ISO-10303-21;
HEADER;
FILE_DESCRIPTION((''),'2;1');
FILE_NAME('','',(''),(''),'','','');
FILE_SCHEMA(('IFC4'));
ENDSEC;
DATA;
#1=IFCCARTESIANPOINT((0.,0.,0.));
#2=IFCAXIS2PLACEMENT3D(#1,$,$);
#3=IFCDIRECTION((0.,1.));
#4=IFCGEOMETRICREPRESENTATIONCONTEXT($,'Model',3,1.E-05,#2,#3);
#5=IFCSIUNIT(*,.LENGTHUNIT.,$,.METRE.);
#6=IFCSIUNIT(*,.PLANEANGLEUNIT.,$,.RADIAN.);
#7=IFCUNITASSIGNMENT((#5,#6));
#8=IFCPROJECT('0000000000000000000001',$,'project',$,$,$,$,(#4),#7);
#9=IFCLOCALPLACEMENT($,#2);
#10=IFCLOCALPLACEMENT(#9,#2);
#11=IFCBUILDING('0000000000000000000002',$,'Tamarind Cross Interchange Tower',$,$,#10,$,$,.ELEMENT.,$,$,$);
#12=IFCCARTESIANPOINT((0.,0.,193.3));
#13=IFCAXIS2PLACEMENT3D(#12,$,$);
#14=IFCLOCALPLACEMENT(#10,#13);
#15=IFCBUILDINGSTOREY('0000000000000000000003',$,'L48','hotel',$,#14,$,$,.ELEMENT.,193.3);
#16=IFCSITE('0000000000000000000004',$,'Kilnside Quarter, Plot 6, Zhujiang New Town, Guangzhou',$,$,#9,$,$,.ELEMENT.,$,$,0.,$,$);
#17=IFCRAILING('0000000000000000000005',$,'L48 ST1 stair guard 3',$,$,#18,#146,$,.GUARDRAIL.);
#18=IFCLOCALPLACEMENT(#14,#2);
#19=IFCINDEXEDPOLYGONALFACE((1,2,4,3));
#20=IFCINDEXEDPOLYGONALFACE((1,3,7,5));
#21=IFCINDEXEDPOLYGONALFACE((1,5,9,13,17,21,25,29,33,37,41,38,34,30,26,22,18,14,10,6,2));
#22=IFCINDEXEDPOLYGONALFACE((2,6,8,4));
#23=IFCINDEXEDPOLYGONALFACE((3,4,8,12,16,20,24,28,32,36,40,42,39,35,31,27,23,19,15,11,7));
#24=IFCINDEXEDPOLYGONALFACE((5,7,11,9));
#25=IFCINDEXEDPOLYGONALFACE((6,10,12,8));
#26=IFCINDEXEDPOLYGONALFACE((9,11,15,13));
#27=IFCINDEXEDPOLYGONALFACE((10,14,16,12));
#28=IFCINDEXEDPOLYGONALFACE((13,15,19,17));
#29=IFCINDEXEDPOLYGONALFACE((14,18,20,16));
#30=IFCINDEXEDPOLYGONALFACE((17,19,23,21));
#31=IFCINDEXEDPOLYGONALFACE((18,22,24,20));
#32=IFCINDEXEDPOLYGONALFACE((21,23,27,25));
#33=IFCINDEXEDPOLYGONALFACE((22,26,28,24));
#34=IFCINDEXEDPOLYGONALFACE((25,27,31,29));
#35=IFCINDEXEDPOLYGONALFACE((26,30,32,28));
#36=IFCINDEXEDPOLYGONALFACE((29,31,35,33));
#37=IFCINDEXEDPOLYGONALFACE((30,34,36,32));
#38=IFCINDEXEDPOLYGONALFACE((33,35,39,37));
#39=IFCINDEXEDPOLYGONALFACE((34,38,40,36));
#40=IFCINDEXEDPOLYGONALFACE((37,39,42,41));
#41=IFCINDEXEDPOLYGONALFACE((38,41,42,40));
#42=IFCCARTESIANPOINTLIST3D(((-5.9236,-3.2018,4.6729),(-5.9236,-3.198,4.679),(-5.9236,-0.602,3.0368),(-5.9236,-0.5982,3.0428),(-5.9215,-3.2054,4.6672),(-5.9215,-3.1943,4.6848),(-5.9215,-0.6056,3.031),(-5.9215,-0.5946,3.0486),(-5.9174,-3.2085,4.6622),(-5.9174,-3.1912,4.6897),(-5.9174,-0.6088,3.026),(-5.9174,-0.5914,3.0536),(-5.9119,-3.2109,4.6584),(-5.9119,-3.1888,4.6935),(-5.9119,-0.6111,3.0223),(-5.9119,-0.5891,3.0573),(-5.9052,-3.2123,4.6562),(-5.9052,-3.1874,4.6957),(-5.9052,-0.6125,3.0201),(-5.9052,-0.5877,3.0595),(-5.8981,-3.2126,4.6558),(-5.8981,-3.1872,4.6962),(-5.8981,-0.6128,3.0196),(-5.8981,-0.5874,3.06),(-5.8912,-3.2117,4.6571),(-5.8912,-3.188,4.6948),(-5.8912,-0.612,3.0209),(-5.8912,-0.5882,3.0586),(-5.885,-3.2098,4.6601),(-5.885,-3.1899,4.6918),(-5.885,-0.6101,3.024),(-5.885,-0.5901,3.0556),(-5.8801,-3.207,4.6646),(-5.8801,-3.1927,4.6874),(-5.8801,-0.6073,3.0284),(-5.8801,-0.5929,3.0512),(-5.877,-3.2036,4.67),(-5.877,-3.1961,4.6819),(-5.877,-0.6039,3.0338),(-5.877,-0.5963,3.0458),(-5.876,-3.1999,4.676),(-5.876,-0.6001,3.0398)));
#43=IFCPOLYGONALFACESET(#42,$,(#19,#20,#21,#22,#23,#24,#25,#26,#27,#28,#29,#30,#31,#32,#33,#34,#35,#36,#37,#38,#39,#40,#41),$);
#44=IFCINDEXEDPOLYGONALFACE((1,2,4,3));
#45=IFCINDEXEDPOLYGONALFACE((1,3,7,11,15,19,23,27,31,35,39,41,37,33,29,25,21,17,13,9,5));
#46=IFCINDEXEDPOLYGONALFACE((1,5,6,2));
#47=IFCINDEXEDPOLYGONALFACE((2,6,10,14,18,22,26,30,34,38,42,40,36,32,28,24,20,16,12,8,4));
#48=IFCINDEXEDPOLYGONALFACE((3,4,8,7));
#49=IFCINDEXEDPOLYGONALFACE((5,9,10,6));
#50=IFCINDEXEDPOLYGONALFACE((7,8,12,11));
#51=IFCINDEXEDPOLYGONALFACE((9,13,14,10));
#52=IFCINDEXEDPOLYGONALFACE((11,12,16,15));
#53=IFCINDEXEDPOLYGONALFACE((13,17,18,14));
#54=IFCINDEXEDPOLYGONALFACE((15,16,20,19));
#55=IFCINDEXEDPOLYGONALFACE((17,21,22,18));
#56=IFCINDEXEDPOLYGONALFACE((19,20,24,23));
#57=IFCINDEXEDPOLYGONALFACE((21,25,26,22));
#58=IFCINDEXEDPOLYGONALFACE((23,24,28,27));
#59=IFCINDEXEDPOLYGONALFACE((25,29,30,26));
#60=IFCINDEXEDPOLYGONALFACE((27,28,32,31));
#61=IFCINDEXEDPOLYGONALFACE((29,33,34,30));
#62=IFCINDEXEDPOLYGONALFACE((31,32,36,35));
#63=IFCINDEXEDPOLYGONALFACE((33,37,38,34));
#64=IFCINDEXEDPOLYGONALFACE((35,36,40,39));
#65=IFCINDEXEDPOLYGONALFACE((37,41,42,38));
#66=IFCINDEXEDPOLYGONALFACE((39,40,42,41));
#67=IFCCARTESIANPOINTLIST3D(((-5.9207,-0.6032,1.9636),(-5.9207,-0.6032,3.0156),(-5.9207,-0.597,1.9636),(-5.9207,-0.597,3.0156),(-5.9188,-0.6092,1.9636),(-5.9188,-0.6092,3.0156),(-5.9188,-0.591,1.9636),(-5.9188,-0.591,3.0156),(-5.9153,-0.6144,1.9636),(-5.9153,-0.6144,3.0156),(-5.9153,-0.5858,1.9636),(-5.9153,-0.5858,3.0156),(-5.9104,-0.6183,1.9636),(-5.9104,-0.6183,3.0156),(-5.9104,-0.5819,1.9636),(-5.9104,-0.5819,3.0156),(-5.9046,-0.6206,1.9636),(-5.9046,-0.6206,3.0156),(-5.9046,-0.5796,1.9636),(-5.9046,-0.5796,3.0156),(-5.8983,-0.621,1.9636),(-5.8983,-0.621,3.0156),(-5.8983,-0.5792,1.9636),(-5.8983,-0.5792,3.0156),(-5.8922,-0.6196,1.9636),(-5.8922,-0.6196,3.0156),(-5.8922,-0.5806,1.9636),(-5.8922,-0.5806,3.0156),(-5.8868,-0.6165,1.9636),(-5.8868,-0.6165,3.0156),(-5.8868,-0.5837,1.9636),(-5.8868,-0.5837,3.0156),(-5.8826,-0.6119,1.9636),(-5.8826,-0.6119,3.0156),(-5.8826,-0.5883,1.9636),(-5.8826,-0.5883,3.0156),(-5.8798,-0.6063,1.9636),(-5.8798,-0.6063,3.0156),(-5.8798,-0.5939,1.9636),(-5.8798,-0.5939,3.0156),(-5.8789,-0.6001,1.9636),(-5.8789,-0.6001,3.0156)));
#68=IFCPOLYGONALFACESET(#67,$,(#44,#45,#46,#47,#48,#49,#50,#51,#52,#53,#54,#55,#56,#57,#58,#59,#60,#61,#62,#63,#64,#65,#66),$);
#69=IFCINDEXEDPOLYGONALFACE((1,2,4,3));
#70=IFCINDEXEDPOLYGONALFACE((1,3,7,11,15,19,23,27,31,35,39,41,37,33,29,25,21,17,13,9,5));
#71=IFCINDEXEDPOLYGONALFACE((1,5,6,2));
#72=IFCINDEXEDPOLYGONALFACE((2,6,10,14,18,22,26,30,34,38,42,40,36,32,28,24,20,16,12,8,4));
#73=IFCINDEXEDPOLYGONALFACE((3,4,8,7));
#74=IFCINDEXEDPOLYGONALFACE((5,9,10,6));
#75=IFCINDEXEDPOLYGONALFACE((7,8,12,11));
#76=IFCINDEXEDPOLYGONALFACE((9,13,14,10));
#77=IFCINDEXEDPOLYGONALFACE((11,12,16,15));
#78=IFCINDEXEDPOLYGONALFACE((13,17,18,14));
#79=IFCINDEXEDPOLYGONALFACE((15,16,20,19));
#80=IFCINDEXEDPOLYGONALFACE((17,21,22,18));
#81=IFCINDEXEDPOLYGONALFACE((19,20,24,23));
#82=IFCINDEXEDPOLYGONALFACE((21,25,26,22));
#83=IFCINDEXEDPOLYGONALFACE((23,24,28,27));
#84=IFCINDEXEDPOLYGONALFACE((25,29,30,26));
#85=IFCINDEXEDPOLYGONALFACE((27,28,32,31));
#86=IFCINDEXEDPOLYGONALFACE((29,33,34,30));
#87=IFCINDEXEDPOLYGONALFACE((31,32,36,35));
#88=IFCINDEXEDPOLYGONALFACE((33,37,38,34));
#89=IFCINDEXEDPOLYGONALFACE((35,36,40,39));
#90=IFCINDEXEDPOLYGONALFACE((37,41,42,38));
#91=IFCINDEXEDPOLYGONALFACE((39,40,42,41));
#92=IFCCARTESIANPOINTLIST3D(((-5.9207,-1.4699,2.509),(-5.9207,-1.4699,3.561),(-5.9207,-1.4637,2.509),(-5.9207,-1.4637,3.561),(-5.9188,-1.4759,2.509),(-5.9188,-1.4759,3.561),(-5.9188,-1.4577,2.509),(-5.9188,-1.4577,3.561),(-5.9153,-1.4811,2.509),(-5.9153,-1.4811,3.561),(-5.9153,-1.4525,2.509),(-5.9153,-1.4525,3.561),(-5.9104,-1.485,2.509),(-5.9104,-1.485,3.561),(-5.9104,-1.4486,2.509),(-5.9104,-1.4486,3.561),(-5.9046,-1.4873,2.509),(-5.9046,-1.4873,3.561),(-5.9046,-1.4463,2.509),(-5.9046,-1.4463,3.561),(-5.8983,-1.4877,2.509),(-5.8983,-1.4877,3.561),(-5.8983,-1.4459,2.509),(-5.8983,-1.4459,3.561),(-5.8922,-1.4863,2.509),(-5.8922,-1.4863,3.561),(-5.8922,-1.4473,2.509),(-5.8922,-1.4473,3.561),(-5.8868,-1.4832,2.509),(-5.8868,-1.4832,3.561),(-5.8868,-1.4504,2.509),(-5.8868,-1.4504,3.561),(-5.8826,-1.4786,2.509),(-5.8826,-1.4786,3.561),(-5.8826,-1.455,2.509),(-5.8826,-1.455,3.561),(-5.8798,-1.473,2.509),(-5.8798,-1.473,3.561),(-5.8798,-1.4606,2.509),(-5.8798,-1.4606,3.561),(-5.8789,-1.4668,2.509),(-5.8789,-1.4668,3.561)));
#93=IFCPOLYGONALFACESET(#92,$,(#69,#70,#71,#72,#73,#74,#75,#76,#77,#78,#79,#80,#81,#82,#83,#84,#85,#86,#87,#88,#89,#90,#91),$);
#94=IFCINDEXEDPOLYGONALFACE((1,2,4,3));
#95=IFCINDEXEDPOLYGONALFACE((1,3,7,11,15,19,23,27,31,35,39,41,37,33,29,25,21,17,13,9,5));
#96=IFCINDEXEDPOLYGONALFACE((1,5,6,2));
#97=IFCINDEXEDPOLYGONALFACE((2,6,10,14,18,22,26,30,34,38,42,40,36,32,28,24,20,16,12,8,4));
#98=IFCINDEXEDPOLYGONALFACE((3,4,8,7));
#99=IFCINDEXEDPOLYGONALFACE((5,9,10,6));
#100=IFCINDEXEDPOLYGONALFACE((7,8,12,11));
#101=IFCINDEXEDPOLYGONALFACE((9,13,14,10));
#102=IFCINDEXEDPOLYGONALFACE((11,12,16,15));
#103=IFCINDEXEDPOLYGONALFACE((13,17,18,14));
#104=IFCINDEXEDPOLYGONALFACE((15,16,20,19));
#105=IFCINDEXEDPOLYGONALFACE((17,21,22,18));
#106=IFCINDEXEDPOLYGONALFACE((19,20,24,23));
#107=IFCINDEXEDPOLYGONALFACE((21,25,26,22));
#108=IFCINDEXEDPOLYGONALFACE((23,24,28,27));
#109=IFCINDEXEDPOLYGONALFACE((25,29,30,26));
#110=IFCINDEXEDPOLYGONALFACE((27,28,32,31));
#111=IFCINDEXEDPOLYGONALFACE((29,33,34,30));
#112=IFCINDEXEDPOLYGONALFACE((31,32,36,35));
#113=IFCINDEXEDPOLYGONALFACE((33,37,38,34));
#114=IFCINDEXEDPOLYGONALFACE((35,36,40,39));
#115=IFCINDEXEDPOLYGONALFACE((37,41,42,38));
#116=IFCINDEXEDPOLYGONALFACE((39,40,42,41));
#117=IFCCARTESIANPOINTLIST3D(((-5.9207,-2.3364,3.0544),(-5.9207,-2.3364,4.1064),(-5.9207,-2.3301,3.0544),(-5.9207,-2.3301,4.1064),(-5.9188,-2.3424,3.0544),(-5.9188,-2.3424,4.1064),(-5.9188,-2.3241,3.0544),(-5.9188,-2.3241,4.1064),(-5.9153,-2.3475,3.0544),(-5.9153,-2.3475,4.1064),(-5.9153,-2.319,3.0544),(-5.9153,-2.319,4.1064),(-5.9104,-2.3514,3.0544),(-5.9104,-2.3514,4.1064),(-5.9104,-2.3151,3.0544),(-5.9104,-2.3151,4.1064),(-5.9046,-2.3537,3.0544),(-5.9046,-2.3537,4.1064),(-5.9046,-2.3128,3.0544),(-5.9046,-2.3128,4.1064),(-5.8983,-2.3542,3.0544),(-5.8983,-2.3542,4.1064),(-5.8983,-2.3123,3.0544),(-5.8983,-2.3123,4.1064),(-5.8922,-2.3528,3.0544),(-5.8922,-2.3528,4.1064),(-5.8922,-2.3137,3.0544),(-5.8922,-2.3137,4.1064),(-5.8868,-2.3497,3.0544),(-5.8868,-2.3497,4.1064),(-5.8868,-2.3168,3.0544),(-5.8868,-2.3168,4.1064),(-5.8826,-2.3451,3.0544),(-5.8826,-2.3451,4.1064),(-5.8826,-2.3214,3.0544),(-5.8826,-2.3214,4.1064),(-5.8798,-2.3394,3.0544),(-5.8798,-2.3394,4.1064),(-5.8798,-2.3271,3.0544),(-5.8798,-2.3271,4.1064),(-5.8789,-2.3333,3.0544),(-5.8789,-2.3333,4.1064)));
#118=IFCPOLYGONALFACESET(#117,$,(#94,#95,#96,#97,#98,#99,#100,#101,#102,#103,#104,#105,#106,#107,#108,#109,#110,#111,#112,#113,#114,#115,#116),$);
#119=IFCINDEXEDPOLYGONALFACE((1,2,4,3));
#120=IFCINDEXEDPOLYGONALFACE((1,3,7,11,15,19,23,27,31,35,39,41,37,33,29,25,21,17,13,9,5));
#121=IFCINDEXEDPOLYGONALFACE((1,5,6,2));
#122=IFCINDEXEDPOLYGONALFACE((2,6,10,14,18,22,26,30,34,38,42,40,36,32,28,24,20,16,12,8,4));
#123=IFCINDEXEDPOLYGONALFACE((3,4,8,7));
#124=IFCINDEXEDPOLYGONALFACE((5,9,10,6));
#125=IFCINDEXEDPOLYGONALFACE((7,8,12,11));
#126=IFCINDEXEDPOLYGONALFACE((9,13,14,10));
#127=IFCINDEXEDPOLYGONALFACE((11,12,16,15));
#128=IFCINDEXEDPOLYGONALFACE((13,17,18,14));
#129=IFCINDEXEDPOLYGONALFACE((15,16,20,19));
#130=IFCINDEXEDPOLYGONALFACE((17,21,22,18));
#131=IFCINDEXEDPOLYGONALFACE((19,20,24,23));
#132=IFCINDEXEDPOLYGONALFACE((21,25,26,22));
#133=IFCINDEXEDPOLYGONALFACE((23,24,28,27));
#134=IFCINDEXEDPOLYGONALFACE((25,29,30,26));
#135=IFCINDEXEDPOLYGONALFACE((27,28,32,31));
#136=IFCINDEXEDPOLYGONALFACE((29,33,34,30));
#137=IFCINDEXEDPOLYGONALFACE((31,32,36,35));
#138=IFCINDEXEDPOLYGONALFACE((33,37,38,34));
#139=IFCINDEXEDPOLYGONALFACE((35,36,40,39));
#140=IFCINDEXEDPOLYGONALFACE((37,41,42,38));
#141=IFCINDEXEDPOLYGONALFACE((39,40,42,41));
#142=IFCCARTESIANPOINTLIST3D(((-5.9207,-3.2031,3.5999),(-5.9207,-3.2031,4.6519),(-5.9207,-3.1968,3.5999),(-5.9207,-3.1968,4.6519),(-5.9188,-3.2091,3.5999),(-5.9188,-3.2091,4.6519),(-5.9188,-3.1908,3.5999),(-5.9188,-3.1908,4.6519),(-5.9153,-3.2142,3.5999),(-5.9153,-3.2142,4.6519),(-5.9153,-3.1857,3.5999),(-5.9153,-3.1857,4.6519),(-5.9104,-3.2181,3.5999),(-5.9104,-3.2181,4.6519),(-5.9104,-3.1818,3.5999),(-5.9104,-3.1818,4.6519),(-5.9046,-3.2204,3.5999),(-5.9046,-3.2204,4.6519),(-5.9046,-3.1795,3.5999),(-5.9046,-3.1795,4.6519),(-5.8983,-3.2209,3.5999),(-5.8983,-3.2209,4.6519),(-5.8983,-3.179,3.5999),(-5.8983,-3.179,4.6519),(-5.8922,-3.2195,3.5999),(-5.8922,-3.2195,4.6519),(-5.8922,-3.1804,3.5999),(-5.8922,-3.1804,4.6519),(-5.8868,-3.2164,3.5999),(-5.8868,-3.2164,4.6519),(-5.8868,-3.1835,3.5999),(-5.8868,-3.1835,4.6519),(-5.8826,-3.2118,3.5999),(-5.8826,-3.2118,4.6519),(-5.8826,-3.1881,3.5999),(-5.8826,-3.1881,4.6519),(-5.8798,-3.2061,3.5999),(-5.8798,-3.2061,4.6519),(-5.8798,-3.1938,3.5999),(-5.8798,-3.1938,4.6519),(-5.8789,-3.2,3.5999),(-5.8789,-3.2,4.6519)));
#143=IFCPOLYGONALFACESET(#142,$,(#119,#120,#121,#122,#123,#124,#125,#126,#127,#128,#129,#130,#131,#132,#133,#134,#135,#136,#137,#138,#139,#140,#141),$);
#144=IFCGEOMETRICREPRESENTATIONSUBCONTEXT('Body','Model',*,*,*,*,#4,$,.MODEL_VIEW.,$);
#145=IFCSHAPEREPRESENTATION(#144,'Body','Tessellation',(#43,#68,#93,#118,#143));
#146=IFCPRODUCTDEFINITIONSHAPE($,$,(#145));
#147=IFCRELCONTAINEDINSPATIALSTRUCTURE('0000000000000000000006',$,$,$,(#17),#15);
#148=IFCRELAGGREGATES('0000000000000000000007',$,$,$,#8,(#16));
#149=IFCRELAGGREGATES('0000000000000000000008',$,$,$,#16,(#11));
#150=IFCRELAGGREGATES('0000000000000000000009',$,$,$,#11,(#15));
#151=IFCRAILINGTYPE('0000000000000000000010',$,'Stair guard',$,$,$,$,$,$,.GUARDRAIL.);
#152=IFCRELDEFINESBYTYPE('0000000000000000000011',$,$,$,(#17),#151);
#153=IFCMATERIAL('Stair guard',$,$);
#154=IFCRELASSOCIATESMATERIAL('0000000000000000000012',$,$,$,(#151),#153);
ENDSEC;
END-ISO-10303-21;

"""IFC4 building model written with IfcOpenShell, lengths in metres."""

from ifc_helpers import new_model, si_unit, direction, frame, origin, origin_2d, place, context, subcontext, project, spatial, circle, extrude, material, type_object, element, save


model = new_model("IFC4")

# Units and contexts
model_context = context("Model", 3, precision=1e-05, world=origin(), true_north=direction((0.0, 1.0)))
body_context = subcontext(model_context, "Body", "Model", "MODEL_VIEW")
ifc_project = project(units=[si_unit("LENGTHUNIT", "METRE"), si_unit("PLANEANGLEUNIT", "RADIAN")], contexts=[model_context])

# Site, building, storey
site_placement = place(None, origin())
site = spatial("IfcSite", under=ifc_project, at=site_placement, Name="Kilnside Quarter, Plot 6, Zhujiang New Town, Guangzhou", CompositionType="ELEMENT", RefElevation=0.0)
building_placement = place(site_placement, origin())
building = spatial("IfcBuilding", under=site, at=building_placement, Name="Tamarind Cross Interchange Tower", CompositionType="ELEMENT")
storey_placement = place(building_placement, frame((0.0, 0.0, 193.3)))
storey = spatial("IfcBuildingStorey", under=building, at=storey_placement, Name="L48", Description="hotel", CompositionType="ELEMENT", Elevation=193.3)

# Railing
ifc_material_1 = material(Name="Stair guard")
railing_type_1 = type_object("IfcRailingType", Name="Stair guard", PredefinedType="GUARDRAIL", material=ifc_material_1)
railing_1_placement = place(storey_placement, frame((-5.8999, -0.6001, 1.9636)))
element("IfcRailing", 1, at=railing_1_placement, inside=storey, type_object=railing_type_1, Name="L48 ST1 stair guard 3", PredefinedType="GUARDRAIL", context=body_context, shape_type="SweptSolid", body=[
    extrude(circle(Radius=0.0239, at=origin_2d()), frame((0.0, 0.0, 1.0762), z_axis=(0.0, -0.846338, 0.532647), x_axis=(1.0, 0.0, 0.0)), (0.0, 0.0, 1.0), 3.0718),
    extrude(circle(Radius=0.021, at=origin_2d()), origin(), (0.0, 0.0, 1.0), 1.052),
    extrude(circle(Radius=0.021, at=origin_2d()), frame((0.0, -0.8667, 0.5454)), (0.0, 0.0, 1.0), 1.052),
    extrude(circle(Radius=0.021, at=origin_2d()), frame((0.0, -1.7332, 1.0908)), (0.0, 0.0, 1.0), 1.052),
    extrude(circle(Radius=0.021, at=origin_2d()), frame((0.0, -2.5999, 1.6362)), (0.0, 0.0, 1.0), 1.052),
])

save(model, "model.ifc")
